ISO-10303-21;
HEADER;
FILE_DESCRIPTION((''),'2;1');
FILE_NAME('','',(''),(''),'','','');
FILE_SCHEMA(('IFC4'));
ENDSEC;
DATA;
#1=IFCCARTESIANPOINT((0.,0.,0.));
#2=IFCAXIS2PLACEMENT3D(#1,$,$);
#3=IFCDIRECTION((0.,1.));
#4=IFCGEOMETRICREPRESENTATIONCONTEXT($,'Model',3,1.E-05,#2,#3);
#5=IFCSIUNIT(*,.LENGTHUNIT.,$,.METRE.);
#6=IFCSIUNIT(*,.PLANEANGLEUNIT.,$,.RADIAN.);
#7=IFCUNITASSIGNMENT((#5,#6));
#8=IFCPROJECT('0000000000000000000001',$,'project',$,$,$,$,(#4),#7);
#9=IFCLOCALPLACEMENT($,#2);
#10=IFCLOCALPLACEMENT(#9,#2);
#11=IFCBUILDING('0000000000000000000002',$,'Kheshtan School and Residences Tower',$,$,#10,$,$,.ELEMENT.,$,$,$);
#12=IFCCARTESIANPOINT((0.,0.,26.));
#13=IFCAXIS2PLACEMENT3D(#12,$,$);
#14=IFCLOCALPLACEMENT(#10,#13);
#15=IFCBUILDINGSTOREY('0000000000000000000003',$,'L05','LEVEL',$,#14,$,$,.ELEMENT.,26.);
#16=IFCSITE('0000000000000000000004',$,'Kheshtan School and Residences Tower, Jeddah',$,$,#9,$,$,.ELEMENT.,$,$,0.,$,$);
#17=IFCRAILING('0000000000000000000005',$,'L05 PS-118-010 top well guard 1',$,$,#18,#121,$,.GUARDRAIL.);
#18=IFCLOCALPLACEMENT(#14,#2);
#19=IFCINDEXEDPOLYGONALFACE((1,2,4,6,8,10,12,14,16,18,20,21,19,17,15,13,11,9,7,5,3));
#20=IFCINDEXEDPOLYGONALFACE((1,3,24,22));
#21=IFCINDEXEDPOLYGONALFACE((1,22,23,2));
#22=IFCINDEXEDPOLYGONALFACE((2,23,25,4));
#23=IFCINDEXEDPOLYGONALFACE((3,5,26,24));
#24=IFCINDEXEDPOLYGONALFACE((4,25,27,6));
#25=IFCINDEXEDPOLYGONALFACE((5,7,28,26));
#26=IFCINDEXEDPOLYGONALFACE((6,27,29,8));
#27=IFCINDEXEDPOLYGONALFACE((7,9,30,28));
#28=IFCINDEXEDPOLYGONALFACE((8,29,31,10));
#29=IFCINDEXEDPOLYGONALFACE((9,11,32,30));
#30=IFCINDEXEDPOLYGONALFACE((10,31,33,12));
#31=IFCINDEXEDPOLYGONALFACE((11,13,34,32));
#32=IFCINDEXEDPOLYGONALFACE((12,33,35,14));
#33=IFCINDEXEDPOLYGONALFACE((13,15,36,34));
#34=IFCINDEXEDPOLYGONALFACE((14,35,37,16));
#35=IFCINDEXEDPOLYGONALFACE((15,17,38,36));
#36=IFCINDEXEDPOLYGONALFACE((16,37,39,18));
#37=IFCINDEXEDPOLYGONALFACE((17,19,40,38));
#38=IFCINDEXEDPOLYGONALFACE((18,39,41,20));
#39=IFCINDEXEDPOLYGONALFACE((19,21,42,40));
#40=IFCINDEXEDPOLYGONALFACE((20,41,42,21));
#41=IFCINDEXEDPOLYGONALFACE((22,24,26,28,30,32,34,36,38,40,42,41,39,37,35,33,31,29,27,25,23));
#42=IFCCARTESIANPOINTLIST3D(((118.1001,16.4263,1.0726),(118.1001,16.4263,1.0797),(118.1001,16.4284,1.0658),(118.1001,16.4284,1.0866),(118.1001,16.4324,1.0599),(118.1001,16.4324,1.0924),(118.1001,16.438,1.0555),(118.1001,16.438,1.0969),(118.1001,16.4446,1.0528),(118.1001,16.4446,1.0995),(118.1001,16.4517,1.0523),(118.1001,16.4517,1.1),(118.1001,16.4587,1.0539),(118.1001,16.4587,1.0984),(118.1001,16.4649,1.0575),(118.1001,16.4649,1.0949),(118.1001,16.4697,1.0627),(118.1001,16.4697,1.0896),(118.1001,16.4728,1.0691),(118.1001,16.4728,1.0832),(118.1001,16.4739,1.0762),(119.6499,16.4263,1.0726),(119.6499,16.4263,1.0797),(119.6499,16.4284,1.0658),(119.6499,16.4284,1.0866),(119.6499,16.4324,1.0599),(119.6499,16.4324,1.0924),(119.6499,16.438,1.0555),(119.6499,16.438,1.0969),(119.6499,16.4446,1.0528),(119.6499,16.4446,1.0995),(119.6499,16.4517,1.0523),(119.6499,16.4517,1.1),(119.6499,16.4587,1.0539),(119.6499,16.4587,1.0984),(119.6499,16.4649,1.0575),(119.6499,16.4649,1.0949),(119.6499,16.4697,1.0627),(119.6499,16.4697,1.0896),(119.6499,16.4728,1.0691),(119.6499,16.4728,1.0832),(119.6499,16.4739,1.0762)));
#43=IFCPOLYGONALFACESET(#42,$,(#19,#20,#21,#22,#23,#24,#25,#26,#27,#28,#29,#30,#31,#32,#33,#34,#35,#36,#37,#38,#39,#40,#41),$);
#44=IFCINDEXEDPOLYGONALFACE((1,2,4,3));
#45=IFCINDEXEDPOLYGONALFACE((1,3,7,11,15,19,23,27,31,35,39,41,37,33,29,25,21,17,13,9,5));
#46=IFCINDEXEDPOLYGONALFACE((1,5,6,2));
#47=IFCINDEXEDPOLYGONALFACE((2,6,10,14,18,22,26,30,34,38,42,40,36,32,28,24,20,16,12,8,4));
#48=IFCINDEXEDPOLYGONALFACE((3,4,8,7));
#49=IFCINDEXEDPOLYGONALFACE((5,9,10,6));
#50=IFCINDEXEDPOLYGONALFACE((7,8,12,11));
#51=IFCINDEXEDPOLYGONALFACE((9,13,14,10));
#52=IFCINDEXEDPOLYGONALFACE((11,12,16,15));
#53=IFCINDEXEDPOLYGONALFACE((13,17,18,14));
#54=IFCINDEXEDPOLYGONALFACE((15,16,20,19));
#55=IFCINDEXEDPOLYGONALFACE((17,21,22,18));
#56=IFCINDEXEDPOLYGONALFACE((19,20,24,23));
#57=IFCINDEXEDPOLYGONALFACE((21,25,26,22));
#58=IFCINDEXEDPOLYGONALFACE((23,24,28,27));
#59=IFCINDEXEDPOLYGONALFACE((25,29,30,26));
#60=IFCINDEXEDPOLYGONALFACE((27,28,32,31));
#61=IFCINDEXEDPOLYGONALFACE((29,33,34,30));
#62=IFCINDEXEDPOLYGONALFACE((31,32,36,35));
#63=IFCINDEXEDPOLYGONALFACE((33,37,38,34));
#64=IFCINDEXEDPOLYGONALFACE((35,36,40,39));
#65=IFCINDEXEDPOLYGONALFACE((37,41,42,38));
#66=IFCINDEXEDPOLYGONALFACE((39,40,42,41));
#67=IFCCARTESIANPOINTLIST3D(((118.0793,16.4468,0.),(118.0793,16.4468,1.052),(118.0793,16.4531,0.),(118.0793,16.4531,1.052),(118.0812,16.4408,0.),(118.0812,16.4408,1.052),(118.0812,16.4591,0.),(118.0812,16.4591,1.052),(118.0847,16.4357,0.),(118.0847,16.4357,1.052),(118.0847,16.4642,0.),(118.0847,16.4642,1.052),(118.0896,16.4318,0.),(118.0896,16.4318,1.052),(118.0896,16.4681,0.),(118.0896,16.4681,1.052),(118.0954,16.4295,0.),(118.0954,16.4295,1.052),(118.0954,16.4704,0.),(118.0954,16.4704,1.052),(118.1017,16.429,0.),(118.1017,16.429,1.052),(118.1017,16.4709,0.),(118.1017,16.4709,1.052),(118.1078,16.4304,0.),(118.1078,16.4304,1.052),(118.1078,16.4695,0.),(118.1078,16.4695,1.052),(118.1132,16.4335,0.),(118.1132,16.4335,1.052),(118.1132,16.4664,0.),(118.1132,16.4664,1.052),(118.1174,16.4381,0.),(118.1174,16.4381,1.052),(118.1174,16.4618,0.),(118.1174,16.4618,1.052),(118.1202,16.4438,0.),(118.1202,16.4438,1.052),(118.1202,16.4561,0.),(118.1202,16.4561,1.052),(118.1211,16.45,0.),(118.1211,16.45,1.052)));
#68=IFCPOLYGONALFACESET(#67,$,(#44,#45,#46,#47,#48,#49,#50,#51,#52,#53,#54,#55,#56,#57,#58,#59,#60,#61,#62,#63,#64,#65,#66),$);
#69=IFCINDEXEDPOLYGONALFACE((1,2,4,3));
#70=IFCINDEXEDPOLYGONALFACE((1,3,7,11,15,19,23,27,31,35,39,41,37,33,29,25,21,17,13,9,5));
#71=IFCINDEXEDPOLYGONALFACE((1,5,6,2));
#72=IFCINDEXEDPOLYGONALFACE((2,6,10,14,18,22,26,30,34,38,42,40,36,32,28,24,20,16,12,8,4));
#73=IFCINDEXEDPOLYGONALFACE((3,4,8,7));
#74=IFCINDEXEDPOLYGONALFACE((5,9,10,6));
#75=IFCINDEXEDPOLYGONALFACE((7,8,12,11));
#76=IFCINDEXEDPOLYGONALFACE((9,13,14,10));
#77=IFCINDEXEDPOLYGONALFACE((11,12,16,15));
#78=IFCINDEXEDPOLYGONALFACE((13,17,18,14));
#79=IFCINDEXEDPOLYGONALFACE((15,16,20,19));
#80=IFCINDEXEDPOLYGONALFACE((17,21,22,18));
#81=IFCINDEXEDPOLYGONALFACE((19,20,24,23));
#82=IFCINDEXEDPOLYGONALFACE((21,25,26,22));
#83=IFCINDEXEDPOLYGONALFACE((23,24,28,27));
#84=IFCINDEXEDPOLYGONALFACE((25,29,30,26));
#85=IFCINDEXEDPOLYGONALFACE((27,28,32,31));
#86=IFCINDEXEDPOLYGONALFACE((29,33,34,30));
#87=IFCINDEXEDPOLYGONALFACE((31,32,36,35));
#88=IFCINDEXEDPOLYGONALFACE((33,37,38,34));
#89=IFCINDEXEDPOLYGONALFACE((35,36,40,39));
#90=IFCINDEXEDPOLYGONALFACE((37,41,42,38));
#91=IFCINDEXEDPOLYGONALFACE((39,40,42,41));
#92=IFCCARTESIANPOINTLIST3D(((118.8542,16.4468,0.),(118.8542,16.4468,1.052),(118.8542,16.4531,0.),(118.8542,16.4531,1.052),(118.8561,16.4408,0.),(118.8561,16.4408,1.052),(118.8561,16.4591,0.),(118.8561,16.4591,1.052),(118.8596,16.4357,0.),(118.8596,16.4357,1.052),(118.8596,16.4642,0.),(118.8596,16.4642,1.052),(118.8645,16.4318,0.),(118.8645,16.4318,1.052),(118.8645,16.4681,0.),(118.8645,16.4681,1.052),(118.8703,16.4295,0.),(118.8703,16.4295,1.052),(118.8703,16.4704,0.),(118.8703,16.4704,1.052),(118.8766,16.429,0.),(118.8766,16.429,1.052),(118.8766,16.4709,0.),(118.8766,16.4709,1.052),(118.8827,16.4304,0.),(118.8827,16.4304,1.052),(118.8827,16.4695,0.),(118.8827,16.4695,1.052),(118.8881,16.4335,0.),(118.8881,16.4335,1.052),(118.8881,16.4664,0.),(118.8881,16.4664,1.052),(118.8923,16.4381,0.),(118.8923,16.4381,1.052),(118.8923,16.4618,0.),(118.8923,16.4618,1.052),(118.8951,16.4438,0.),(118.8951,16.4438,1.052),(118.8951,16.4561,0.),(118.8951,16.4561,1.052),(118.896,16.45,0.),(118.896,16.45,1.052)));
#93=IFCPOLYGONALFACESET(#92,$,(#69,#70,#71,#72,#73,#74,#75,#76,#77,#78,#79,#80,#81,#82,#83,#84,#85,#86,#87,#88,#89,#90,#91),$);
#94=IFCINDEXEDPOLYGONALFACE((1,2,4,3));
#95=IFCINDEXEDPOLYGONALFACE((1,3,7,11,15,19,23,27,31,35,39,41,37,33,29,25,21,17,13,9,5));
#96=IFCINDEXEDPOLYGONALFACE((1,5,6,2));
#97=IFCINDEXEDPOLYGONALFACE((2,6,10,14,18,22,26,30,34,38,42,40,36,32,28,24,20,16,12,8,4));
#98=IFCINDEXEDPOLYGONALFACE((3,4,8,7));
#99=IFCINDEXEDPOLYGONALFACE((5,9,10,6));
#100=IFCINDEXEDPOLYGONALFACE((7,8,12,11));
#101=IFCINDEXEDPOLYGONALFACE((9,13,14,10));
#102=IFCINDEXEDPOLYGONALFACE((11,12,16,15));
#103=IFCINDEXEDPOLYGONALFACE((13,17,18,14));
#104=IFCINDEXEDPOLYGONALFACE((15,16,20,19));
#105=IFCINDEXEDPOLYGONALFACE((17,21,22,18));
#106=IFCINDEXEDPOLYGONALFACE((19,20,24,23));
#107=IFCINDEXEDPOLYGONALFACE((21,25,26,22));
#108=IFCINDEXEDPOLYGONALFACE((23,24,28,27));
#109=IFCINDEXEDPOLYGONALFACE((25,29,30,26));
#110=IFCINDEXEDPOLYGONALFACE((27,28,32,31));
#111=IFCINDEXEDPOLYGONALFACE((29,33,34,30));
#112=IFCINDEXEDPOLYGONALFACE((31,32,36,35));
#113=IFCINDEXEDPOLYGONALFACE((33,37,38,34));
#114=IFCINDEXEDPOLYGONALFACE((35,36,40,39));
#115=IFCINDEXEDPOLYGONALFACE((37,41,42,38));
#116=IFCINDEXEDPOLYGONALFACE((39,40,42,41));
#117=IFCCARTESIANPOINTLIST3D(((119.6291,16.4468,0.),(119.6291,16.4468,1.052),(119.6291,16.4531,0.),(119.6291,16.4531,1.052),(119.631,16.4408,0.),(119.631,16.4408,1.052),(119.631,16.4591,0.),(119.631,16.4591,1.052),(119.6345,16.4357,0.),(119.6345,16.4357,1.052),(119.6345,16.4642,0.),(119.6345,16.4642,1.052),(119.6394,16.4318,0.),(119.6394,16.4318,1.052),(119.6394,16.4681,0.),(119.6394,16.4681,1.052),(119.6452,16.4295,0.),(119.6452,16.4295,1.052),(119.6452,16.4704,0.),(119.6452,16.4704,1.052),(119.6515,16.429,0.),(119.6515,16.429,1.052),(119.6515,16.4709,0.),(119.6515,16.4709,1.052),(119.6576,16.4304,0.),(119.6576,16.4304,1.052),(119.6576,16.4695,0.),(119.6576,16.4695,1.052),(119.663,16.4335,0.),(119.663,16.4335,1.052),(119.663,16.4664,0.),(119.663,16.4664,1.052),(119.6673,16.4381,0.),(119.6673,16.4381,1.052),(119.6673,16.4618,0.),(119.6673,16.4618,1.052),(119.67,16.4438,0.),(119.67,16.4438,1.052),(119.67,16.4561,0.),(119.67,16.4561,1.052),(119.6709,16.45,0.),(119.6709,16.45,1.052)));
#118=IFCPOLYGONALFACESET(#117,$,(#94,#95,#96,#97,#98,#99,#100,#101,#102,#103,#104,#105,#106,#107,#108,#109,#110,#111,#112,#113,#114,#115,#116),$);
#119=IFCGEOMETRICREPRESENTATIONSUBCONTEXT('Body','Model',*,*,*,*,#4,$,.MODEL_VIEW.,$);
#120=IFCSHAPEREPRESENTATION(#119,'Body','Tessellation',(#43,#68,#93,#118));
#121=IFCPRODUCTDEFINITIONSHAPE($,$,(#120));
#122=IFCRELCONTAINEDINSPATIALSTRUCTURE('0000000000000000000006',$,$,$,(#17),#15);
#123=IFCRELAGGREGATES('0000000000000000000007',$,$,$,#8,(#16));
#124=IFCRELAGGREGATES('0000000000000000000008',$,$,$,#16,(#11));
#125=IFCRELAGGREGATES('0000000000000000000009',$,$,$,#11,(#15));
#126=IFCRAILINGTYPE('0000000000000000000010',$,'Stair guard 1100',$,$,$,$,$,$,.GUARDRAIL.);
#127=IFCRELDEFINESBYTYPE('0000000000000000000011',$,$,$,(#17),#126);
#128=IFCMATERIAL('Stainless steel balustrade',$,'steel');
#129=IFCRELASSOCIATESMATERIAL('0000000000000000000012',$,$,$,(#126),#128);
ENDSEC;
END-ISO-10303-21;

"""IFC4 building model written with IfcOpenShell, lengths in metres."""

from ifc_helpers import new_model, si_unit, direction, frame, origin, origin_2d, place, context, subcontext, project, spatial, circle, extrude, material, type_object, element, save


model = new_model("IFC4")

# Units and contexts
model_context = context("Model", 3, precision=1e-05, world=origin(), true_north=direction((0.0, 1.0)))
body_context = subcontext(model_context, "Body", "Model", "MODEL_VIEW")
ifc_project = project(units=[si_unit("LENGTHUNIT", "METRE"), si_unit("PLANEANGLEUNIT", "RADIAN")], contexts=[model_context])

# Site, building, storey
site_placement = place(None, origin())
site = spatial("IfcSite", under=ifc_project, at=site_placement, Name="Kheshtan School and Residences Tower, Jeddah", CompositionType="ELEMENT", RefElevation=0.0)
building_placement = place(site_placement, origin())
building = spatial("IfcBuilding", under=site, at=building_placement, Name="Kheshtan School and Residences Tower", CompositionType="ELEMENT")
storey_placement = place(building_placement, frame((0.0, 0.0, 26.0)))
storey = spatial("IfcBuildingStorey", under=building, at=storey_placement, Name="L05", Description="LEVEL", CompositionType="ELEMENT", Elevation=26.0)

# Railing
ifc_material_1 = material(Name="Stainless steel balustrade", Category="steel")
railing_type = type_object("IfcRailingType", Name="Stair guard 1100", PredefinedType="GUARDRAIL", material=ifc_material_1)
railing_placement = place(storey_placement, frame((118.1001, 16.45, 0.0)))
element("IfcRailing", 1, at=railing_placement, inside=storey, type_object=railing_type, Name="L05 PS-118-010 top well guard 1", PredefinedType="GUARDRAIL", context=body_context, shape_type="SweptSolid", body=[
    extrude(circle(Radius=0.0239, at=origin_2d()), frame((0.0, 0.0, 1.0762), z_axis=(1.0, 0.0, 0.0), x_axis=(0.0, 1.0, 0.0)), (0.0, 0.0, 1.0), 1.5498),
    extrude(circle(Radius=0.021, at=origin_2d()), origin(), (0.0, 0.0, 1.0), 1.052),
    extrude(circle(Radius=0.021, at=origin_2d()), frame((0.7749, 0.0, 0.0)), (0.0, 0.0, 1.0), 1.052),
    extrude(circle(Radius=0.021, at=origin_2d()), frame((1.5498, 0.0, 0.0)), (0.0, 0.0, 1.0), 1.052),
])

save(model, "model.ifc")
